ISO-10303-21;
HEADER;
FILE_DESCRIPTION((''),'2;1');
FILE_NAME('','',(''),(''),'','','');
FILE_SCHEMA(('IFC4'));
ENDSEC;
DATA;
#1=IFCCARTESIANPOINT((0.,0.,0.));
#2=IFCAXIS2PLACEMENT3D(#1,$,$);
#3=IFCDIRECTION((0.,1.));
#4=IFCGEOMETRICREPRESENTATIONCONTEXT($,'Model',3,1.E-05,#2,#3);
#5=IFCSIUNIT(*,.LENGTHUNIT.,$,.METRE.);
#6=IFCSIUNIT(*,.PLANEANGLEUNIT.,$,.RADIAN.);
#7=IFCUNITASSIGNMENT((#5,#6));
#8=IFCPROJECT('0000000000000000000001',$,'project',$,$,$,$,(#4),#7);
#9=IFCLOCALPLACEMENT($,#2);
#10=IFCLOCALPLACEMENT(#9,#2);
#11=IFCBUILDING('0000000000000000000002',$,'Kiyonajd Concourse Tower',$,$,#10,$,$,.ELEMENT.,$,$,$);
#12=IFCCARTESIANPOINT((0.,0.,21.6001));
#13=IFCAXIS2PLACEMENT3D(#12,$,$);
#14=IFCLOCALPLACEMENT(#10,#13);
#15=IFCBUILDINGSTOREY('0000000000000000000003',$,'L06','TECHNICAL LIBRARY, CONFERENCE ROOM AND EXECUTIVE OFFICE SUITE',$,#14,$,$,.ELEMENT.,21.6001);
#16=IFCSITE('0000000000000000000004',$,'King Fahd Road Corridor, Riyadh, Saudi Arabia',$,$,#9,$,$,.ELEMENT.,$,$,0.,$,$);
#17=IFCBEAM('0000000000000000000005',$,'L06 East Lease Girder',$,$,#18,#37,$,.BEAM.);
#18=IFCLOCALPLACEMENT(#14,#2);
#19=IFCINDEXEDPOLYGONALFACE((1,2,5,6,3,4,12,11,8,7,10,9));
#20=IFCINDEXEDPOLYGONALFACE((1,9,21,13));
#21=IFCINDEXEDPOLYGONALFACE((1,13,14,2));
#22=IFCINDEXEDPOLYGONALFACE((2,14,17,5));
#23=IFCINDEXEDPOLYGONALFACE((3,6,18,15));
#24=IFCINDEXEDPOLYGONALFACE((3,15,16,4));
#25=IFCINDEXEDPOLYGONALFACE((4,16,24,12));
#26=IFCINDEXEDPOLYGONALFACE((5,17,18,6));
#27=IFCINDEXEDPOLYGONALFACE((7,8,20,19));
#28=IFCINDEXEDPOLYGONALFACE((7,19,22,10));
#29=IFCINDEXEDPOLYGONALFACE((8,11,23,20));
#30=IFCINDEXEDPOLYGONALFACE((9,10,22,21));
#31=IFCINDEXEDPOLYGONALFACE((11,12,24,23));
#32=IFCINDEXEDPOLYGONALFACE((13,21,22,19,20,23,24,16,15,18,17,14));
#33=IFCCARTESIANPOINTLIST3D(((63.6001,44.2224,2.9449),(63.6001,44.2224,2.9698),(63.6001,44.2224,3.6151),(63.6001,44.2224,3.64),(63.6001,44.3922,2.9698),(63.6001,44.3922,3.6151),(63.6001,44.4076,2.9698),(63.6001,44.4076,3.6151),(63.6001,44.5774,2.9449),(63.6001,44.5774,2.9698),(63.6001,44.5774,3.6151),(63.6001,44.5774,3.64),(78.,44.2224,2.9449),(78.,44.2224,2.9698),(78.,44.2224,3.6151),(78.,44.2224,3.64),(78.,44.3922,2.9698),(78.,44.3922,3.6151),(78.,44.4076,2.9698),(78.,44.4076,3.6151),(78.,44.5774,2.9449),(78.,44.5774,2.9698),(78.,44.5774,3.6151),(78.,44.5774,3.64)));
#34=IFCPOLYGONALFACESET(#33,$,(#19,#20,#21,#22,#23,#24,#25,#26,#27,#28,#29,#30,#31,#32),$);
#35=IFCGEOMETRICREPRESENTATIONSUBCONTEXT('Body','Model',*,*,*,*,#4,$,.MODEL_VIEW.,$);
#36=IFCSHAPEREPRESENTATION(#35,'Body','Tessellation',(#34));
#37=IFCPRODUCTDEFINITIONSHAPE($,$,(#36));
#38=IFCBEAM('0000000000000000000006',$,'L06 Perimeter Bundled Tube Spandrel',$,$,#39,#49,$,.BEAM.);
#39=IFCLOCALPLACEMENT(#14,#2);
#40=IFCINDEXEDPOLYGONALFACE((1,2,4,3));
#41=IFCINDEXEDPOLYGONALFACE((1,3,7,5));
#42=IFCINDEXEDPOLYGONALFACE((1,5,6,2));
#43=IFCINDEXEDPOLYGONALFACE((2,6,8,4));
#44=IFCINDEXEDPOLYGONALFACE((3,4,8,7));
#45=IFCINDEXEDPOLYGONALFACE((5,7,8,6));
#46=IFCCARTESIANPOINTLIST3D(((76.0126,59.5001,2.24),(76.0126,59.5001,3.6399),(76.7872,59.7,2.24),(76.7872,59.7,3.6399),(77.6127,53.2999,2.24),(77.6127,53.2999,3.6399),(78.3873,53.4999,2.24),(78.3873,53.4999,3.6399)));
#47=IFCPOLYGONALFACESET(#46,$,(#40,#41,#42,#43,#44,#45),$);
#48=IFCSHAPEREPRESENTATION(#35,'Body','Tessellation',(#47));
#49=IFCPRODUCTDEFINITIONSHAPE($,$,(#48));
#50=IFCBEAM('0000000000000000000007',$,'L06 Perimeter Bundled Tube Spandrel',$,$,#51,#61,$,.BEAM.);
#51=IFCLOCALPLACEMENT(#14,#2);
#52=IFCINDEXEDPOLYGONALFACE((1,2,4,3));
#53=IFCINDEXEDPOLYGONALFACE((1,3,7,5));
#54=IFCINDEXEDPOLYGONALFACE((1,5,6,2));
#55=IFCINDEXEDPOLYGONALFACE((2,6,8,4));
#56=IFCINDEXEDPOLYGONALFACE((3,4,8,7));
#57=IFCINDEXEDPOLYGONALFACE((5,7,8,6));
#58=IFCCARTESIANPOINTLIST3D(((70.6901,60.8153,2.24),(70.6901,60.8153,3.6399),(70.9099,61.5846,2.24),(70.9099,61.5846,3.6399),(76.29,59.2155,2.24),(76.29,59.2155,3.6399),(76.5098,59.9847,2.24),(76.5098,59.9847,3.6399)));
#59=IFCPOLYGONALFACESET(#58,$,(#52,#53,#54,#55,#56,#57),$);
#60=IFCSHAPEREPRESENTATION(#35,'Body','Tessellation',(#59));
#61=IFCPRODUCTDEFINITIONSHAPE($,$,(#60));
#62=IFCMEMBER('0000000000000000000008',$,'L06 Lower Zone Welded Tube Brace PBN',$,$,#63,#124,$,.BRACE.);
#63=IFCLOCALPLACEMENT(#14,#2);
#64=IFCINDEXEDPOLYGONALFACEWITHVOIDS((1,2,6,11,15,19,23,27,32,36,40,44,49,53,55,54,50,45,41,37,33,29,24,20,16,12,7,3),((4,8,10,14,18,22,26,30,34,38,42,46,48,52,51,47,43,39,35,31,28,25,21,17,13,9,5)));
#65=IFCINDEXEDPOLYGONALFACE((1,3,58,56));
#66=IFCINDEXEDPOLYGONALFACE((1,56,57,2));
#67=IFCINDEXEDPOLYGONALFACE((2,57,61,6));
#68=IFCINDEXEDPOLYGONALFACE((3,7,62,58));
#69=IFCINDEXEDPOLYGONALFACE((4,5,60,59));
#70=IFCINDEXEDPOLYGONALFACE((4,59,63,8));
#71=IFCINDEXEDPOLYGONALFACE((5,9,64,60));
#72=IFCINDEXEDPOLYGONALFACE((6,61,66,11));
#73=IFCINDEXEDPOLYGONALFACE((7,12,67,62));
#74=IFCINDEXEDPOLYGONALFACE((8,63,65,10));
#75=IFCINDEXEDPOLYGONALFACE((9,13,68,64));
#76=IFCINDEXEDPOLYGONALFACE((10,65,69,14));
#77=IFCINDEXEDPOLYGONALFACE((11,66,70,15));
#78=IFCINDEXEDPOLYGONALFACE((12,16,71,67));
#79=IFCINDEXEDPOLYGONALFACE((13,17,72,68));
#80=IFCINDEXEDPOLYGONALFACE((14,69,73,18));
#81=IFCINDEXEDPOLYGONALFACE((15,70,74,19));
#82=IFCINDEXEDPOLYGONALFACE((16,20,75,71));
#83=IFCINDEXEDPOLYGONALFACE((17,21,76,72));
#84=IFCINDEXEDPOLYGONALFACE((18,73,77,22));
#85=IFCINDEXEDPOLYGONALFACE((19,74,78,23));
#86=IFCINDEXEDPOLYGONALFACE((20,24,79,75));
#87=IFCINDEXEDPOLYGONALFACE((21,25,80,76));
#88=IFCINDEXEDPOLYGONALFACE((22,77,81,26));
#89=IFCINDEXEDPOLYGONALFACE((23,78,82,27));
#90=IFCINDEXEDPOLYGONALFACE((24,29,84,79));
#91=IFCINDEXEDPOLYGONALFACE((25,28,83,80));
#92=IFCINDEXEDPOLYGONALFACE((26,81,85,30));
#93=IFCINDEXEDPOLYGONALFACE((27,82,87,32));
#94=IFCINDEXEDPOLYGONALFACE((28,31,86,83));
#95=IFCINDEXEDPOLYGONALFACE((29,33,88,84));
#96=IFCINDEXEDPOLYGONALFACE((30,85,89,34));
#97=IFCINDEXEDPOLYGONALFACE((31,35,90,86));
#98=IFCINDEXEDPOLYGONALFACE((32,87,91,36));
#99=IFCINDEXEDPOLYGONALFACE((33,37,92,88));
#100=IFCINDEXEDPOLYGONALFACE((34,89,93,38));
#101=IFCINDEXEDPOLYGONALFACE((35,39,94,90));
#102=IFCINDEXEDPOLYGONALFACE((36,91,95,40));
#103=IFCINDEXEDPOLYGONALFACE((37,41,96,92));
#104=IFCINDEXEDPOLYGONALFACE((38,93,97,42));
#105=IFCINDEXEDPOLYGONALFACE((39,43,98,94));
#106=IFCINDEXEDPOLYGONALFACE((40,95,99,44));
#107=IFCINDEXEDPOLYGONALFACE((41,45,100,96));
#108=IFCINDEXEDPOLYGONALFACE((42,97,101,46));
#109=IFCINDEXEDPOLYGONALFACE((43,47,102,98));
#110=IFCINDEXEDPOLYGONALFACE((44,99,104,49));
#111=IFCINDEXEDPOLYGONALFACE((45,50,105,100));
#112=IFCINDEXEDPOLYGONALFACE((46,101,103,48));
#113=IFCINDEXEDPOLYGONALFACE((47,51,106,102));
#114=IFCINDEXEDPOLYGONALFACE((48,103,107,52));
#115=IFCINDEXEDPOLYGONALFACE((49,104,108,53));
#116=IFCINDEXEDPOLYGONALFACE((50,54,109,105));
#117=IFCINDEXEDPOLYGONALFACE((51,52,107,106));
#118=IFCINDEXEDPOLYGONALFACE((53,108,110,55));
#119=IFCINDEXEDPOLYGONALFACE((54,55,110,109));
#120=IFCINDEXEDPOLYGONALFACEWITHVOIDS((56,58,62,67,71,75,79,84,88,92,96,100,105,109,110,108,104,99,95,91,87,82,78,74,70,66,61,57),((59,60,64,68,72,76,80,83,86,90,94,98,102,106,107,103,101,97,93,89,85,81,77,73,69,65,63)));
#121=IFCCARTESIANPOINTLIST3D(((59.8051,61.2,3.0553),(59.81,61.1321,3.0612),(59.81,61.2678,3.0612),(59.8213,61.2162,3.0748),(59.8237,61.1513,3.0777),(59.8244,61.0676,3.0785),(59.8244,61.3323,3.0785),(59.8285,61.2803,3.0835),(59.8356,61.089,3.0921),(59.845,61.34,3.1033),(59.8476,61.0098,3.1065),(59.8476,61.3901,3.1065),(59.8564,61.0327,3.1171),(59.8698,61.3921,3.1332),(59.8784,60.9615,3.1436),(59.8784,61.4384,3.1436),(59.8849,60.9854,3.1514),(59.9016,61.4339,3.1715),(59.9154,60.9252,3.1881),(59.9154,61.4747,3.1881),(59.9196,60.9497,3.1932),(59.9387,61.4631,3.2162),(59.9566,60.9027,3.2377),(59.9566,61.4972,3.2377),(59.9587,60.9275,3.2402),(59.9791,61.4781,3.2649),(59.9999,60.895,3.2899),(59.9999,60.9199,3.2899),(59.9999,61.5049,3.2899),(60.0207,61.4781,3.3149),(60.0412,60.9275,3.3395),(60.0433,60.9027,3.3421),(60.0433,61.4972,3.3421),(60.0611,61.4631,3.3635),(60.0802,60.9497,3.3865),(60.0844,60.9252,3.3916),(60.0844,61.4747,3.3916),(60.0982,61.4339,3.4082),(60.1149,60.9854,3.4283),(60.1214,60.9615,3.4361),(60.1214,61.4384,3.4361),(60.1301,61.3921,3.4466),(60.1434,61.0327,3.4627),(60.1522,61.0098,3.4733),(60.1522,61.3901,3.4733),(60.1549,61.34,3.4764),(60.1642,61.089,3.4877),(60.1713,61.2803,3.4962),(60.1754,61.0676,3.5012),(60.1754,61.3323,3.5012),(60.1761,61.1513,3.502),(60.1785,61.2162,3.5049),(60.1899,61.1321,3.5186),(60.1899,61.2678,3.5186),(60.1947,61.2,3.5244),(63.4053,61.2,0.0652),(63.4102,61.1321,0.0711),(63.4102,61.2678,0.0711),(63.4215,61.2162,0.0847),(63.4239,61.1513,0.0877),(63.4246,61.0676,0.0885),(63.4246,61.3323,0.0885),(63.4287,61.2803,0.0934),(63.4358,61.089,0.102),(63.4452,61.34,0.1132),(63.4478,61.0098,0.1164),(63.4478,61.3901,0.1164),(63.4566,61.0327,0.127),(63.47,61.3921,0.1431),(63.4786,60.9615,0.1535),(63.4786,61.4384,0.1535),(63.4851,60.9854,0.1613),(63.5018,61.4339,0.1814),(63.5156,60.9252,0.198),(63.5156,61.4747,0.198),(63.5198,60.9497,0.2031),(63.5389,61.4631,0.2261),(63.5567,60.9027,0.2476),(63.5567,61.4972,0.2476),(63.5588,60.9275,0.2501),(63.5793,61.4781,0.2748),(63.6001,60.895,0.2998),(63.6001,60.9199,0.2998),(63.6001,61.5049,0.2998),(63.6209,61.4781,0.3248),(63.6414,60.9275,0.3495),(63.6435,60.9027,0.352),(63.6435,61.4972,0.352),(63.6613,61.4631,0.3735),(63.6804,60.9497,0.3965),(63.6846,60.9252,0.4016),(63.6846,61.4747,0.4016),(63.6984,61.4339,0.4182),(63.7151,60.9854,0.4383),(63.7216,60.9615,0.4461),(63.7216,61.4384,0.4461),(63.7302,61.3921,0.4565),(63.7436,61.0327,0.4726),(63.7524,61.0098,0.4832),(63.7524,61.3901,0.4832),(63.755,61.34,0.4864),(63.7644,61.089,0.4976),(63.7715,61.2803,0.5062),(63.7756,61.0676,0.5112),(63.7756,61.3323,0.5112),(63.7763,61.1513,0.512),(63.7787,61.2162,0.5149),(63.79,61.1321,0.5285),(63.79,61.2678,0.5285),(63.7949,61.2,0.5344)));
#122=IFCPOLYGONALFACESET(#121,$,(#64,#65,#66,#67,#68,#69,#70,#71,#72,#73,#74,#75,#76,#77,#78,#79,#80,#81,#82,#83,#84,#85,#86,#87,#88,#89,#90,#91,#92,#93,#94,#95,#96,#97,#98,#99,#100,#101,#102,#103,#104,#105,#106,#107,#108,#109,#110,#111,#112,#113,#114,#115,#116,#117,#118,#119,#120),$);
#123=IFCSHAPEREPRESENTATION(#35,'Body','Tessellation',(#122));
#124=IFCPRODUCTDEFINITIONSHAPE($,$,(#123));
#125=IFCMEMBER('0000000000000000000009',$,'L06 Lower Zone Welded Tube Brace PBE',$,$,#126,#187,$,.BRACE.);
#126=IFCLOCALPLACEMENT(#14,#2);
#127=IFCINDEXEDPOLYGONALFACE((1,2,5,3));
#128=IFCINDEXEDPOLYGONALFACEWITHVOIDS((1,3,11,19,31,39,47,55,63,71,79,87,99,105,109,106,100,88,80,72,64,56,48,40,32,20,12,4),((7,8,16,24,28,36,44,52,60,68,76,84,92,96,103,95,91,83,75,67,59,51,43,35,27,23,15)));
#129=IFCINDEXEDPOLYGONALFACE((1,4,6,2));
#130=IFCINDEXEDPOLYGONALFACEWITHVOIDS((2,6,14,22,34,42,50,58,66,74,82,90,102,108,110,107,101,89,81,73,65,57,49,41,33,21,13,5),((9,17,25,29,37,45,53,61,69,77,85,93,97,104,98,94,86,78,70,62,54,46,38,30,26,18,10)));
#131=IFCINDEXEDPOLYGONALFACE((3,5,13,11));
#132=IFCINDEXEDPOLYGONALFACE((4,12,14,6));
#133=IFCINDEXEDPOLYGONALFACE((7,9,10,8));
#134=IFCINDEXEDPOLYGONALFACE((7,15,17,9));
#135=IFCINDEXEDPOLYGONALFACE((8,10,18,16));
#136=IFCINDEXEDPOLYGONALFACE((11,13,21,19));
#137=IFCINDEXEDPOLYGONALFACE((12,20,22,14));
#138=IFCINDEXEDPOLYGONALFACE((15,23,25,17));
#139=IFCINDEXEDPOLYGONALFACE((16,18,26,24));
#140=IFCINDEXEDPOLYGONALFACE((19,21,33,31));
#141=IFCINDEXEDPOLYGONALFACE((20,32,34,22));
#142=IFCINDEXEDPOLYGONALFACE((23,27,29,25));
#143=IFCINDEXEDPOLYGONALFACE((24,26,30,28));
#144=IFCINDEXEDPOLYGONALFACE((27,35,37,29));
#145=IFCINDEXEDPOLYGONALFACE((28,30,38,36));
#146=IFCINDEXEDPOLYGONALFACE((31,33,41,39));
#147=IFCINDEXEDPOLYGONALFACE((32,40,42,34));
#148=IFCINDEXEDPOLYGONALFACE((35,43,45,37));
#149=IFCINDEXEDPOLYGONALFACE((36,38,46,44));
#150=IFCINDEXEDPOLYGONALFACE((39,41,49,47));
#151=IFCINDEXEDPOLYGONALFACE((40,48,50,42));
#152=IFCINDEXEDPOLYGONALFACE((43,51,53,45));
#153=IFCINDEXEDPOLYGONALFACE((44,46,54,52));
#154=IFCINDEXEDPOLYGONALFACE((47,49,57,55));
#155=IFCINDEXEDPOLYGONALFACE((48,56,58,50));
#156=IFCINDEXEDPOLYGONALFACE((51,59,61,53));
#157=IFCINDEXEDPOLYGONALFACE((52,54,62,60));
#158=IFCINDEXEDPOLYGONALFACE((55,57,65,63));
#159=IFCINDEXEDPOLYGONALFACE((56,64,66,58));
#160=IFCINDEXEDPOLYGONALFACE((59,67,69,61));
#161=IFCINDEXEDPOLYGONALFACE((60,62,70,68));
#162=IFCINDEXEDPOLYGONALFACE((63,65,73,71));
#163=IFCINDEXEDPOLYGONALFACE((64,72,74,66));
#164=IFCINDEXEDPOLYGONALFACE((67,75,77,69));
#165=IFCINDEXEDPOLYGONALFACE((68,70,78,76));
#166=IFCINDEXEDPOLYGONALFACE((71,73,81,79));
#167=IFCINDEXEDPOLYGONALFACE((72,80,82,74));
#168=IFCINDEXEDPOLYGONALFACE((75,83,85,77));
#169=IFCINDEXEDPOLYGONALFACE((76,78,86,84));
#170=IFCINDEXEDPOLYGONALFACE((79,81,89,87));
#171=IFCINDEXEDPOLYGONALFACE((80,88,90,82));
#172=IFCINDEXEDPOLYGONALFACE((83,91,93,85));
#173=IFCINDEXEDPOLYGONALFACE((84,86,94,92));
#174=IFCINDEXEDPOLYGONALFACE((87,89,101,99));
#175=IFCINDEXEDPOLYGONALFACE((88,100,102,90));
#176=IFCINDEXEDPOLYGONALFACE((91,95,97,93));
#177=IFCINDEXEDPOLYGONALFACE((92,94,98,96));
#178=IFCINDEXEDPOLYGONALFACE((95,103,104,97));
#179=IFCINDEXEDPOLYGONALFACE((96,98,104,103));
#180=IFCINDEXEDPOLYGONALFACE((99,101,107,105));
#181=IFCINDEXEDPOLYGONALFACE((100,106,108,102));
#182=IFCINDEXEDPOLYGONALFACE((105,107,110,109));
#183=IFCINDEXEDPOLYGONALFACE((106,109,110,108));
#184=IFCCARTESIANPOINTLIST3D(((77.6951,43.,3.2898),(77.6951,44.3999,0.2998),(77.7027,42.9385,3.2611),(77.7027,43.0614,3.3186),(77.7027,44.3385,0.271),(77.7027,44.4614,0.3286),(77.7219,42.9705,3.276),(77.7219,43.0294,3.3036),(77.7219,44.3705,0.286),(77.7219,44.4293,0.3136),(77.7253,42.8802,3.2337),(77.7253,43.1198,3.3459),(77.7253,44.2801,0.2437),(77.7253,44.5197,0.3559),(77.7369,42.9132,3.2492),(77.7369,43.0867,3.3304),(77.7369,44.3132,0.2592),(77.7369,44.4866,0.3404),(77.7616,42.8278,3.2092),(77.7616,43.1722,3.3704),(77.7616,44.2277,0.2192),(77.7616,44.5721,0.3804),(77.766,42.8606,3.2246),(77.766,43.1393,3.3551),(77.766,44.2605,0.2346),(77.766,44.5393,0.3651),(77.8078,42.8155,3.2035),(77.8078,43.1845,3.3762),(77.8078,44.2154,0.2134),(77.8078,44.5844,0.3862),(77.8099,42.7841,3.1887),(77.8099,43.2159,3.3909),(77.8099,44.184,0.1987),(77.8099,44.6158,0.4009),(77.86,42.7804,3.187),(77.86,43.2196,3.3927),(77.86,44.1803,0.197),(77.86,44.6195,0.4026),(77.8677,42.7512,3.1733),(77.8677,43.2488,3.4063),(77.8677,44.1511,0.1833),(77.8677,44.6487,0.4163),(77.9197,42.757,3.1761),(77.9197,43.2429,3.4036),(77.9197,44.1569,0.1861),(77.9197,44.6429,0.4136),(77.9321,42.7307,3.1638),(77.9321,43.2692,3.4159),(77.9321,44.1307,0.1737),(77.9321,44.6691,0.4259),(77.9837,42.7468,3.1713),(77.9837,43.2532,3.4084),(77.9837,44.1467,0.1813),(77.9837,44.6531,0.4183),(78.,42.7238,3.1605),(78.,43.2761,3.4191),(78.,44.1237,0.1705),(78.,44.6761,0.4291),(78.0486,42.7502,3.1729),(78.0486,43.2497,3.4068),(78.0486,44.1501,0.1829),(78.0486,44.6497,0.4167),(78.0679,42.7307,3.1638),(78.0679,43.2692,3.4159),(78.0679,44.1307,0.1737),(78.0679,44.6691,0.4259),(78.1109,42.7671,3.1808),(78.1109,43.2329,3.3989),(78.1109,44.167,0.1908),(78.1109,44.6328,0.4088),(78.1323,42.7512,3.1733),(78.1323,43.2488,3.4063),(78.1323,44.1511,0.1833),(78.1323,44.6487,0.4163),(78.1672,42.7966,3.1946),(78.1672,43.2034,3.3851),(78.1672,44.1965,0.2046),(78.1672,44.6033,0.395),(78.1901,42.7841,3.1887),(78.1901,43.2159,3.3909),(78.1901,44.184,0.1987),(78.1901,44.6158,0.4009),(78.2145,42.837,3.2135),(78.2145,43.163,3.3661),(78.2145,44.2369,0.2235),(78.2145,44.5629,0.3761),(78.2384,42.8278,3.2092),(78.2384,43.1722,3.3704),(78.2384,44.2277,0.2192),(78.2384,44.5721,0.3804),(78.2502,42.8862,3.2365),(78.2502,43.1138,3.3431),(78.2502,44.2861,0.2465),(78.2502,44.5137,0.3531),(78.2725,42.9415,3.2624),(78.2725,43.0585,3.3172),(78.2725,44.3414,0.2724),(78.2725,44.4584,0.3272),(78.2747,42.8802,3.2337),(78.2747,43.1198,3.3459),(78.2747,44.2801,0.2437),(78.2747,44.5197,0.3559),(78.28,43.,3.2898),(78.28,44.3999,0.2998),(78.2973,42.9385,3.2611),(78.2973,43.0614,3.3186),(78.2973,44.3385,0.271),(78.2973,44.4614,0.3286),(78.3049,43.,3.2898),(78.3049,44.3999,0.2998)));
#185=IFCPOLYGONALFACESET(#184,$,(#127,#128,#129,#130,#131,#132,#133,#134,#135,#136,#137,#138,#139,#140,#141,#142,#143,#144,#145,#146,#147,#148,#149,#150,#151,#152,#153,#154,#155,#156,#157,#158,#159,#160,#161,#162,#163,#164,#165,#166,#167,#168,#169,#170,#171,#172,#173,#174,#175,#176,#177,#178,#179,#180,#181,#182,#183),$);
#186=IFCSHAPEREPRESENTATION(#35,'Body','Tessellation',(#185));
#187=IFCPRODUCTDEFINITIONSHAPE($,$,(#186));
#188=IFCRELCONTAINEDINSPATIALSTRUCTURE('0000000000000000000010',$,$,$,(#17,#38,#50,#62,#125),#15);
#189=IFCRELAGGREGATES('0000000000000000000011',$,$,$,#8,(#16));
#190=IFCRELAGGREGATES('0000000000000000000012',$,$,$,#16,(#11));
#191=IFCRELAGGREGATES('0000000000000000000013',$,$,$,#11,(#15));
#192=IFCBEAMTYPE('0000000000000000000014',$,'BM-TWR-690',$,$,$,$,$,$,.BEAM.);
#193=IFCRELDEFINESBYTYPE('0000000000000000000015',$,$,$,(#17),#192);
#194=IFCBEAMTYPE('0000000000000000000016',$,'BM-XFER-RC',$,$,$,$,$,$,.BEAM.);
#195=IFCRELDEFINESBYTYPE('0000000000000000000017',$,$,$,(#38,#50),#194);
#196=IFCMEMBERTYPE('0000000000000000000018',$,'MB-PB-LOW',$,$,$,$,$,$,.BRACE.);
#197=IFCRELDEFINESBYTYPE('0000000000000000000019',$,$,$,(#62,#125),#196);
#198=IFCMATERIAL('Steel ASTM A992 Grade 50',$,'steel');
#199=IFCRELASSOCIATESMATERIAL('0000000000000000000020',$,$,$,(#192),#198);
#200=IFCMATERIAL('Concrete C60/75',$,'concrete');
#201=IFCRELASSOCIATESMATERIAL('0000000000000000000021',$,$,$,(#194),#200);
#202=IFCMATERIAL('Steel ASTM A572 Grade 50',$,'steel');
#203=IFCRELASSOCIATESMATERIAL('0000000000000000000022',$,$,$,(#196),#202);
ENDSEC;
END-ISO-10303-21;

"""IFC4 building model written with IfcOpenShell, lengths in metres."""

from ifc_helpers import new_model, si_unit, direction, frame, origin, origin_2d, place, context, subcontext, project, spatial, rectangle, hollow_circle, i_section, extrude, material, material_profile, profile_set, type_object, element, save


model = new_model("IFC4")

# Units and contexts
model_context = context("Model", 3, precision=1e-05, world=origin(), true_north=direction((0.0, 1.0)))
body_context = subcontext(model_context, "Body", "Model", "MODEL_VIEW")
ifc_project = project(units=[si_unit("LENGTHUNIT", "METRE"), si_unit("PLANEANGLEUNIT", "RADIAN")], contexts=[model_context])

# Site, building, storey
site_placement = place(None, origin())
site = spatial("IfcSite", under=ifc_project, at=site_placement, Name="King Fahd Road Corridor, Riyadh, Saudi Arabia", CompositionType="ELEMENT", RefElevation=0.0)
building_placement = place(site_placement, origin())
building = spatial("IfcBuilding", under=site, at=building_placement, Name="Kiyonajd Concourse Tower", CompositionType="ELEMENT")
storey_placement = place(building_placement, frame((0.0, 0.0, 21.6001)))
storey = spatial("IfcBuildingStorey", under=building, at=storey_placement, Name="L06", Description="TECHNICAL LIBRARY, CONFERENCE ROOM AND EXECUTIVE OFFICE SUITE", CompositionType="ELEMENT", Elevation=21.6001)

# Beams
ifc_material_1 = material(Name="Steel ASTM A992 Grade 50", Category="steel")
ifc_material_profile_1 = material_profile(ifc_material_1, i_section(OverallWidth=0.355, OverallDepth=0.6951, WebThickness=0.0154, FlangeThickness=0.0249, at=origin_2d()), Name="W690X217")
ifc_profile_set_1 = profile_set([ifc_material_profile_1], Name="Steel ASTM A992 Grade 50")
beam_type_1 = type_object("IfcBeamType", Name="BM-TWR-690", PredefinedType="BEAM", material=ifc_profile_set_1)
beam_1_placement = place(storey_placement, frame((63.6001, 44.3999, 3.2925), z_axis=(1.0, 0.0, 0.0), x_axis=(0.0, 1.0, 0.0)))
element("IfcBeam", 1, at=beam_1_placement, inside=storey, type_object=beam_type_1, Name="L06 East Lease Girder", PredefinedType="BEAM", context=body_context, shape_type="SweptSolid", body=[
    extrude(i_section(OverallWidth=0.355, OverallDepth=0.6951, WebThickness=0.0154, FlangeThickness=0.0249, at=origin_2d()), origin(), (0.0, 0.0, 1.0), 14.3999),
])
ifc_material_2 = material(Name="Concrete C60/75", Category="concrete")
ifc_material_profile_2 = material_profile(ifc_material_2, rectangle(XDim=0.8, YDim=1.3999, at=origin_2d()), Name="RCBM-800x1400")
ifc_profile_set_2 = profile_set([ifc_material_profile_2], Name="Concrete C60/75")
beam_type_2 = type_object("IfcBeamType", Name="BM-XFER-RC", PredefinedType="BEAM", material=ifc_profile_set_2)
beam_2_placement = place(storey_placement, frame((78.0, 53.3999, 2.9399), z_axis=(-0.249885, 0.968276, 0.0), x_axis=(-0.968276, -0.249885, 0.0)))
element("IfcBeam", 2, at=beam_2_placement, inside=storey, type_object=beam_type_2, Name="L06 Perimeter Bundled Tube Spandrel", PredefinedType="BEAM", context=body_context, shape_type="SweptSolid", body=[
    extrude(rectangle(XDim=0.8, YDim=1.3999, at=origin_2d()), origin(), (0.0, 0.0, 1.0), 6.4033),
])
beam_3_placement = place(storey_placement, frame((76.3999, 59.6001, 2.9399), z_axis=(-0.961529, 0.274705, 0.0), x_axis=(-0.274705, -0.961529, 0.0)))
element("IfcBeam", 3, at=beam_3_placement, inside=storey, type_object=beam_type_2, Name="L06 Perimeter Bundled Tube Spandrel", PredefinedType="BEAM", context=body_context, shape_type="SweptSolid", body=[
    extrude(rectangle(XDim=0.8, YDim=1.3999, at=origin_2d()), origin(), (0.0, 0.0, 1.0), 5.824),
])

# Members
ifc_material_3 = material(Name="Steel ASTM A572 Grade 50", Category="steel")
ifc_material_profile_3 = material_profile(ifc_material_3, hollow_circle(Radius=0.3049, WallThickness=0.0249, at=origin_2d()), Name="CHS-610x25")
ifc_profile_set_3 = profile_set([ifc_material_profile_3], Name="Steel ASTM A572 Grade 50")
member_type = type_object("IfcMemberType", Name="MB-PB-LOW", PredefinedType="BRACE", material=ifc_profile_set_3)
member_1_placement = place(storey_placement, frame((63.6001, 61.2, 0.2998), z_axis=(-0.769281, 0.0, 0.638911), x_axis=(0.0, -1.0, 0.0)))
element("IfcMember", 4, at=member_1_placement, inside=storey, type_object=member_type, Name="L06 Lower Zone Welded Tube Brace PBN", PredefinedType="BRACE", context=body_context, shape_type="SweptSolid", body=[
    extrude(hollow_circle(Radius=0.3049, WallThickness=0.0249, at=origin_2d()), origin(), (0.0, 0.0, 1.0), 4.6799),
])
member_2_placement = place(storey_placement, frame((78.0, 44.3999, 0.2998), z_axis=(0.0, -0.424023, 0.905652), x_axis=(1.0, 0.0, 0.0)))
element("IfcMember", 5, at=member_2_placement, inside=storey, type_object=member_type, Name="L06 Lower Zone Welded Tube Brace PBE", PredefinedType="BRACE", context=body_context, shape_type="SweptSolid", body=[
    extrude(hollow_circle(Radius=0.3049, WallThickness=0.0249, at=origin_2d()), origin(), (0.0, 0.0, 1.0), 3.3015),
])

save(model, "model.ifc")
